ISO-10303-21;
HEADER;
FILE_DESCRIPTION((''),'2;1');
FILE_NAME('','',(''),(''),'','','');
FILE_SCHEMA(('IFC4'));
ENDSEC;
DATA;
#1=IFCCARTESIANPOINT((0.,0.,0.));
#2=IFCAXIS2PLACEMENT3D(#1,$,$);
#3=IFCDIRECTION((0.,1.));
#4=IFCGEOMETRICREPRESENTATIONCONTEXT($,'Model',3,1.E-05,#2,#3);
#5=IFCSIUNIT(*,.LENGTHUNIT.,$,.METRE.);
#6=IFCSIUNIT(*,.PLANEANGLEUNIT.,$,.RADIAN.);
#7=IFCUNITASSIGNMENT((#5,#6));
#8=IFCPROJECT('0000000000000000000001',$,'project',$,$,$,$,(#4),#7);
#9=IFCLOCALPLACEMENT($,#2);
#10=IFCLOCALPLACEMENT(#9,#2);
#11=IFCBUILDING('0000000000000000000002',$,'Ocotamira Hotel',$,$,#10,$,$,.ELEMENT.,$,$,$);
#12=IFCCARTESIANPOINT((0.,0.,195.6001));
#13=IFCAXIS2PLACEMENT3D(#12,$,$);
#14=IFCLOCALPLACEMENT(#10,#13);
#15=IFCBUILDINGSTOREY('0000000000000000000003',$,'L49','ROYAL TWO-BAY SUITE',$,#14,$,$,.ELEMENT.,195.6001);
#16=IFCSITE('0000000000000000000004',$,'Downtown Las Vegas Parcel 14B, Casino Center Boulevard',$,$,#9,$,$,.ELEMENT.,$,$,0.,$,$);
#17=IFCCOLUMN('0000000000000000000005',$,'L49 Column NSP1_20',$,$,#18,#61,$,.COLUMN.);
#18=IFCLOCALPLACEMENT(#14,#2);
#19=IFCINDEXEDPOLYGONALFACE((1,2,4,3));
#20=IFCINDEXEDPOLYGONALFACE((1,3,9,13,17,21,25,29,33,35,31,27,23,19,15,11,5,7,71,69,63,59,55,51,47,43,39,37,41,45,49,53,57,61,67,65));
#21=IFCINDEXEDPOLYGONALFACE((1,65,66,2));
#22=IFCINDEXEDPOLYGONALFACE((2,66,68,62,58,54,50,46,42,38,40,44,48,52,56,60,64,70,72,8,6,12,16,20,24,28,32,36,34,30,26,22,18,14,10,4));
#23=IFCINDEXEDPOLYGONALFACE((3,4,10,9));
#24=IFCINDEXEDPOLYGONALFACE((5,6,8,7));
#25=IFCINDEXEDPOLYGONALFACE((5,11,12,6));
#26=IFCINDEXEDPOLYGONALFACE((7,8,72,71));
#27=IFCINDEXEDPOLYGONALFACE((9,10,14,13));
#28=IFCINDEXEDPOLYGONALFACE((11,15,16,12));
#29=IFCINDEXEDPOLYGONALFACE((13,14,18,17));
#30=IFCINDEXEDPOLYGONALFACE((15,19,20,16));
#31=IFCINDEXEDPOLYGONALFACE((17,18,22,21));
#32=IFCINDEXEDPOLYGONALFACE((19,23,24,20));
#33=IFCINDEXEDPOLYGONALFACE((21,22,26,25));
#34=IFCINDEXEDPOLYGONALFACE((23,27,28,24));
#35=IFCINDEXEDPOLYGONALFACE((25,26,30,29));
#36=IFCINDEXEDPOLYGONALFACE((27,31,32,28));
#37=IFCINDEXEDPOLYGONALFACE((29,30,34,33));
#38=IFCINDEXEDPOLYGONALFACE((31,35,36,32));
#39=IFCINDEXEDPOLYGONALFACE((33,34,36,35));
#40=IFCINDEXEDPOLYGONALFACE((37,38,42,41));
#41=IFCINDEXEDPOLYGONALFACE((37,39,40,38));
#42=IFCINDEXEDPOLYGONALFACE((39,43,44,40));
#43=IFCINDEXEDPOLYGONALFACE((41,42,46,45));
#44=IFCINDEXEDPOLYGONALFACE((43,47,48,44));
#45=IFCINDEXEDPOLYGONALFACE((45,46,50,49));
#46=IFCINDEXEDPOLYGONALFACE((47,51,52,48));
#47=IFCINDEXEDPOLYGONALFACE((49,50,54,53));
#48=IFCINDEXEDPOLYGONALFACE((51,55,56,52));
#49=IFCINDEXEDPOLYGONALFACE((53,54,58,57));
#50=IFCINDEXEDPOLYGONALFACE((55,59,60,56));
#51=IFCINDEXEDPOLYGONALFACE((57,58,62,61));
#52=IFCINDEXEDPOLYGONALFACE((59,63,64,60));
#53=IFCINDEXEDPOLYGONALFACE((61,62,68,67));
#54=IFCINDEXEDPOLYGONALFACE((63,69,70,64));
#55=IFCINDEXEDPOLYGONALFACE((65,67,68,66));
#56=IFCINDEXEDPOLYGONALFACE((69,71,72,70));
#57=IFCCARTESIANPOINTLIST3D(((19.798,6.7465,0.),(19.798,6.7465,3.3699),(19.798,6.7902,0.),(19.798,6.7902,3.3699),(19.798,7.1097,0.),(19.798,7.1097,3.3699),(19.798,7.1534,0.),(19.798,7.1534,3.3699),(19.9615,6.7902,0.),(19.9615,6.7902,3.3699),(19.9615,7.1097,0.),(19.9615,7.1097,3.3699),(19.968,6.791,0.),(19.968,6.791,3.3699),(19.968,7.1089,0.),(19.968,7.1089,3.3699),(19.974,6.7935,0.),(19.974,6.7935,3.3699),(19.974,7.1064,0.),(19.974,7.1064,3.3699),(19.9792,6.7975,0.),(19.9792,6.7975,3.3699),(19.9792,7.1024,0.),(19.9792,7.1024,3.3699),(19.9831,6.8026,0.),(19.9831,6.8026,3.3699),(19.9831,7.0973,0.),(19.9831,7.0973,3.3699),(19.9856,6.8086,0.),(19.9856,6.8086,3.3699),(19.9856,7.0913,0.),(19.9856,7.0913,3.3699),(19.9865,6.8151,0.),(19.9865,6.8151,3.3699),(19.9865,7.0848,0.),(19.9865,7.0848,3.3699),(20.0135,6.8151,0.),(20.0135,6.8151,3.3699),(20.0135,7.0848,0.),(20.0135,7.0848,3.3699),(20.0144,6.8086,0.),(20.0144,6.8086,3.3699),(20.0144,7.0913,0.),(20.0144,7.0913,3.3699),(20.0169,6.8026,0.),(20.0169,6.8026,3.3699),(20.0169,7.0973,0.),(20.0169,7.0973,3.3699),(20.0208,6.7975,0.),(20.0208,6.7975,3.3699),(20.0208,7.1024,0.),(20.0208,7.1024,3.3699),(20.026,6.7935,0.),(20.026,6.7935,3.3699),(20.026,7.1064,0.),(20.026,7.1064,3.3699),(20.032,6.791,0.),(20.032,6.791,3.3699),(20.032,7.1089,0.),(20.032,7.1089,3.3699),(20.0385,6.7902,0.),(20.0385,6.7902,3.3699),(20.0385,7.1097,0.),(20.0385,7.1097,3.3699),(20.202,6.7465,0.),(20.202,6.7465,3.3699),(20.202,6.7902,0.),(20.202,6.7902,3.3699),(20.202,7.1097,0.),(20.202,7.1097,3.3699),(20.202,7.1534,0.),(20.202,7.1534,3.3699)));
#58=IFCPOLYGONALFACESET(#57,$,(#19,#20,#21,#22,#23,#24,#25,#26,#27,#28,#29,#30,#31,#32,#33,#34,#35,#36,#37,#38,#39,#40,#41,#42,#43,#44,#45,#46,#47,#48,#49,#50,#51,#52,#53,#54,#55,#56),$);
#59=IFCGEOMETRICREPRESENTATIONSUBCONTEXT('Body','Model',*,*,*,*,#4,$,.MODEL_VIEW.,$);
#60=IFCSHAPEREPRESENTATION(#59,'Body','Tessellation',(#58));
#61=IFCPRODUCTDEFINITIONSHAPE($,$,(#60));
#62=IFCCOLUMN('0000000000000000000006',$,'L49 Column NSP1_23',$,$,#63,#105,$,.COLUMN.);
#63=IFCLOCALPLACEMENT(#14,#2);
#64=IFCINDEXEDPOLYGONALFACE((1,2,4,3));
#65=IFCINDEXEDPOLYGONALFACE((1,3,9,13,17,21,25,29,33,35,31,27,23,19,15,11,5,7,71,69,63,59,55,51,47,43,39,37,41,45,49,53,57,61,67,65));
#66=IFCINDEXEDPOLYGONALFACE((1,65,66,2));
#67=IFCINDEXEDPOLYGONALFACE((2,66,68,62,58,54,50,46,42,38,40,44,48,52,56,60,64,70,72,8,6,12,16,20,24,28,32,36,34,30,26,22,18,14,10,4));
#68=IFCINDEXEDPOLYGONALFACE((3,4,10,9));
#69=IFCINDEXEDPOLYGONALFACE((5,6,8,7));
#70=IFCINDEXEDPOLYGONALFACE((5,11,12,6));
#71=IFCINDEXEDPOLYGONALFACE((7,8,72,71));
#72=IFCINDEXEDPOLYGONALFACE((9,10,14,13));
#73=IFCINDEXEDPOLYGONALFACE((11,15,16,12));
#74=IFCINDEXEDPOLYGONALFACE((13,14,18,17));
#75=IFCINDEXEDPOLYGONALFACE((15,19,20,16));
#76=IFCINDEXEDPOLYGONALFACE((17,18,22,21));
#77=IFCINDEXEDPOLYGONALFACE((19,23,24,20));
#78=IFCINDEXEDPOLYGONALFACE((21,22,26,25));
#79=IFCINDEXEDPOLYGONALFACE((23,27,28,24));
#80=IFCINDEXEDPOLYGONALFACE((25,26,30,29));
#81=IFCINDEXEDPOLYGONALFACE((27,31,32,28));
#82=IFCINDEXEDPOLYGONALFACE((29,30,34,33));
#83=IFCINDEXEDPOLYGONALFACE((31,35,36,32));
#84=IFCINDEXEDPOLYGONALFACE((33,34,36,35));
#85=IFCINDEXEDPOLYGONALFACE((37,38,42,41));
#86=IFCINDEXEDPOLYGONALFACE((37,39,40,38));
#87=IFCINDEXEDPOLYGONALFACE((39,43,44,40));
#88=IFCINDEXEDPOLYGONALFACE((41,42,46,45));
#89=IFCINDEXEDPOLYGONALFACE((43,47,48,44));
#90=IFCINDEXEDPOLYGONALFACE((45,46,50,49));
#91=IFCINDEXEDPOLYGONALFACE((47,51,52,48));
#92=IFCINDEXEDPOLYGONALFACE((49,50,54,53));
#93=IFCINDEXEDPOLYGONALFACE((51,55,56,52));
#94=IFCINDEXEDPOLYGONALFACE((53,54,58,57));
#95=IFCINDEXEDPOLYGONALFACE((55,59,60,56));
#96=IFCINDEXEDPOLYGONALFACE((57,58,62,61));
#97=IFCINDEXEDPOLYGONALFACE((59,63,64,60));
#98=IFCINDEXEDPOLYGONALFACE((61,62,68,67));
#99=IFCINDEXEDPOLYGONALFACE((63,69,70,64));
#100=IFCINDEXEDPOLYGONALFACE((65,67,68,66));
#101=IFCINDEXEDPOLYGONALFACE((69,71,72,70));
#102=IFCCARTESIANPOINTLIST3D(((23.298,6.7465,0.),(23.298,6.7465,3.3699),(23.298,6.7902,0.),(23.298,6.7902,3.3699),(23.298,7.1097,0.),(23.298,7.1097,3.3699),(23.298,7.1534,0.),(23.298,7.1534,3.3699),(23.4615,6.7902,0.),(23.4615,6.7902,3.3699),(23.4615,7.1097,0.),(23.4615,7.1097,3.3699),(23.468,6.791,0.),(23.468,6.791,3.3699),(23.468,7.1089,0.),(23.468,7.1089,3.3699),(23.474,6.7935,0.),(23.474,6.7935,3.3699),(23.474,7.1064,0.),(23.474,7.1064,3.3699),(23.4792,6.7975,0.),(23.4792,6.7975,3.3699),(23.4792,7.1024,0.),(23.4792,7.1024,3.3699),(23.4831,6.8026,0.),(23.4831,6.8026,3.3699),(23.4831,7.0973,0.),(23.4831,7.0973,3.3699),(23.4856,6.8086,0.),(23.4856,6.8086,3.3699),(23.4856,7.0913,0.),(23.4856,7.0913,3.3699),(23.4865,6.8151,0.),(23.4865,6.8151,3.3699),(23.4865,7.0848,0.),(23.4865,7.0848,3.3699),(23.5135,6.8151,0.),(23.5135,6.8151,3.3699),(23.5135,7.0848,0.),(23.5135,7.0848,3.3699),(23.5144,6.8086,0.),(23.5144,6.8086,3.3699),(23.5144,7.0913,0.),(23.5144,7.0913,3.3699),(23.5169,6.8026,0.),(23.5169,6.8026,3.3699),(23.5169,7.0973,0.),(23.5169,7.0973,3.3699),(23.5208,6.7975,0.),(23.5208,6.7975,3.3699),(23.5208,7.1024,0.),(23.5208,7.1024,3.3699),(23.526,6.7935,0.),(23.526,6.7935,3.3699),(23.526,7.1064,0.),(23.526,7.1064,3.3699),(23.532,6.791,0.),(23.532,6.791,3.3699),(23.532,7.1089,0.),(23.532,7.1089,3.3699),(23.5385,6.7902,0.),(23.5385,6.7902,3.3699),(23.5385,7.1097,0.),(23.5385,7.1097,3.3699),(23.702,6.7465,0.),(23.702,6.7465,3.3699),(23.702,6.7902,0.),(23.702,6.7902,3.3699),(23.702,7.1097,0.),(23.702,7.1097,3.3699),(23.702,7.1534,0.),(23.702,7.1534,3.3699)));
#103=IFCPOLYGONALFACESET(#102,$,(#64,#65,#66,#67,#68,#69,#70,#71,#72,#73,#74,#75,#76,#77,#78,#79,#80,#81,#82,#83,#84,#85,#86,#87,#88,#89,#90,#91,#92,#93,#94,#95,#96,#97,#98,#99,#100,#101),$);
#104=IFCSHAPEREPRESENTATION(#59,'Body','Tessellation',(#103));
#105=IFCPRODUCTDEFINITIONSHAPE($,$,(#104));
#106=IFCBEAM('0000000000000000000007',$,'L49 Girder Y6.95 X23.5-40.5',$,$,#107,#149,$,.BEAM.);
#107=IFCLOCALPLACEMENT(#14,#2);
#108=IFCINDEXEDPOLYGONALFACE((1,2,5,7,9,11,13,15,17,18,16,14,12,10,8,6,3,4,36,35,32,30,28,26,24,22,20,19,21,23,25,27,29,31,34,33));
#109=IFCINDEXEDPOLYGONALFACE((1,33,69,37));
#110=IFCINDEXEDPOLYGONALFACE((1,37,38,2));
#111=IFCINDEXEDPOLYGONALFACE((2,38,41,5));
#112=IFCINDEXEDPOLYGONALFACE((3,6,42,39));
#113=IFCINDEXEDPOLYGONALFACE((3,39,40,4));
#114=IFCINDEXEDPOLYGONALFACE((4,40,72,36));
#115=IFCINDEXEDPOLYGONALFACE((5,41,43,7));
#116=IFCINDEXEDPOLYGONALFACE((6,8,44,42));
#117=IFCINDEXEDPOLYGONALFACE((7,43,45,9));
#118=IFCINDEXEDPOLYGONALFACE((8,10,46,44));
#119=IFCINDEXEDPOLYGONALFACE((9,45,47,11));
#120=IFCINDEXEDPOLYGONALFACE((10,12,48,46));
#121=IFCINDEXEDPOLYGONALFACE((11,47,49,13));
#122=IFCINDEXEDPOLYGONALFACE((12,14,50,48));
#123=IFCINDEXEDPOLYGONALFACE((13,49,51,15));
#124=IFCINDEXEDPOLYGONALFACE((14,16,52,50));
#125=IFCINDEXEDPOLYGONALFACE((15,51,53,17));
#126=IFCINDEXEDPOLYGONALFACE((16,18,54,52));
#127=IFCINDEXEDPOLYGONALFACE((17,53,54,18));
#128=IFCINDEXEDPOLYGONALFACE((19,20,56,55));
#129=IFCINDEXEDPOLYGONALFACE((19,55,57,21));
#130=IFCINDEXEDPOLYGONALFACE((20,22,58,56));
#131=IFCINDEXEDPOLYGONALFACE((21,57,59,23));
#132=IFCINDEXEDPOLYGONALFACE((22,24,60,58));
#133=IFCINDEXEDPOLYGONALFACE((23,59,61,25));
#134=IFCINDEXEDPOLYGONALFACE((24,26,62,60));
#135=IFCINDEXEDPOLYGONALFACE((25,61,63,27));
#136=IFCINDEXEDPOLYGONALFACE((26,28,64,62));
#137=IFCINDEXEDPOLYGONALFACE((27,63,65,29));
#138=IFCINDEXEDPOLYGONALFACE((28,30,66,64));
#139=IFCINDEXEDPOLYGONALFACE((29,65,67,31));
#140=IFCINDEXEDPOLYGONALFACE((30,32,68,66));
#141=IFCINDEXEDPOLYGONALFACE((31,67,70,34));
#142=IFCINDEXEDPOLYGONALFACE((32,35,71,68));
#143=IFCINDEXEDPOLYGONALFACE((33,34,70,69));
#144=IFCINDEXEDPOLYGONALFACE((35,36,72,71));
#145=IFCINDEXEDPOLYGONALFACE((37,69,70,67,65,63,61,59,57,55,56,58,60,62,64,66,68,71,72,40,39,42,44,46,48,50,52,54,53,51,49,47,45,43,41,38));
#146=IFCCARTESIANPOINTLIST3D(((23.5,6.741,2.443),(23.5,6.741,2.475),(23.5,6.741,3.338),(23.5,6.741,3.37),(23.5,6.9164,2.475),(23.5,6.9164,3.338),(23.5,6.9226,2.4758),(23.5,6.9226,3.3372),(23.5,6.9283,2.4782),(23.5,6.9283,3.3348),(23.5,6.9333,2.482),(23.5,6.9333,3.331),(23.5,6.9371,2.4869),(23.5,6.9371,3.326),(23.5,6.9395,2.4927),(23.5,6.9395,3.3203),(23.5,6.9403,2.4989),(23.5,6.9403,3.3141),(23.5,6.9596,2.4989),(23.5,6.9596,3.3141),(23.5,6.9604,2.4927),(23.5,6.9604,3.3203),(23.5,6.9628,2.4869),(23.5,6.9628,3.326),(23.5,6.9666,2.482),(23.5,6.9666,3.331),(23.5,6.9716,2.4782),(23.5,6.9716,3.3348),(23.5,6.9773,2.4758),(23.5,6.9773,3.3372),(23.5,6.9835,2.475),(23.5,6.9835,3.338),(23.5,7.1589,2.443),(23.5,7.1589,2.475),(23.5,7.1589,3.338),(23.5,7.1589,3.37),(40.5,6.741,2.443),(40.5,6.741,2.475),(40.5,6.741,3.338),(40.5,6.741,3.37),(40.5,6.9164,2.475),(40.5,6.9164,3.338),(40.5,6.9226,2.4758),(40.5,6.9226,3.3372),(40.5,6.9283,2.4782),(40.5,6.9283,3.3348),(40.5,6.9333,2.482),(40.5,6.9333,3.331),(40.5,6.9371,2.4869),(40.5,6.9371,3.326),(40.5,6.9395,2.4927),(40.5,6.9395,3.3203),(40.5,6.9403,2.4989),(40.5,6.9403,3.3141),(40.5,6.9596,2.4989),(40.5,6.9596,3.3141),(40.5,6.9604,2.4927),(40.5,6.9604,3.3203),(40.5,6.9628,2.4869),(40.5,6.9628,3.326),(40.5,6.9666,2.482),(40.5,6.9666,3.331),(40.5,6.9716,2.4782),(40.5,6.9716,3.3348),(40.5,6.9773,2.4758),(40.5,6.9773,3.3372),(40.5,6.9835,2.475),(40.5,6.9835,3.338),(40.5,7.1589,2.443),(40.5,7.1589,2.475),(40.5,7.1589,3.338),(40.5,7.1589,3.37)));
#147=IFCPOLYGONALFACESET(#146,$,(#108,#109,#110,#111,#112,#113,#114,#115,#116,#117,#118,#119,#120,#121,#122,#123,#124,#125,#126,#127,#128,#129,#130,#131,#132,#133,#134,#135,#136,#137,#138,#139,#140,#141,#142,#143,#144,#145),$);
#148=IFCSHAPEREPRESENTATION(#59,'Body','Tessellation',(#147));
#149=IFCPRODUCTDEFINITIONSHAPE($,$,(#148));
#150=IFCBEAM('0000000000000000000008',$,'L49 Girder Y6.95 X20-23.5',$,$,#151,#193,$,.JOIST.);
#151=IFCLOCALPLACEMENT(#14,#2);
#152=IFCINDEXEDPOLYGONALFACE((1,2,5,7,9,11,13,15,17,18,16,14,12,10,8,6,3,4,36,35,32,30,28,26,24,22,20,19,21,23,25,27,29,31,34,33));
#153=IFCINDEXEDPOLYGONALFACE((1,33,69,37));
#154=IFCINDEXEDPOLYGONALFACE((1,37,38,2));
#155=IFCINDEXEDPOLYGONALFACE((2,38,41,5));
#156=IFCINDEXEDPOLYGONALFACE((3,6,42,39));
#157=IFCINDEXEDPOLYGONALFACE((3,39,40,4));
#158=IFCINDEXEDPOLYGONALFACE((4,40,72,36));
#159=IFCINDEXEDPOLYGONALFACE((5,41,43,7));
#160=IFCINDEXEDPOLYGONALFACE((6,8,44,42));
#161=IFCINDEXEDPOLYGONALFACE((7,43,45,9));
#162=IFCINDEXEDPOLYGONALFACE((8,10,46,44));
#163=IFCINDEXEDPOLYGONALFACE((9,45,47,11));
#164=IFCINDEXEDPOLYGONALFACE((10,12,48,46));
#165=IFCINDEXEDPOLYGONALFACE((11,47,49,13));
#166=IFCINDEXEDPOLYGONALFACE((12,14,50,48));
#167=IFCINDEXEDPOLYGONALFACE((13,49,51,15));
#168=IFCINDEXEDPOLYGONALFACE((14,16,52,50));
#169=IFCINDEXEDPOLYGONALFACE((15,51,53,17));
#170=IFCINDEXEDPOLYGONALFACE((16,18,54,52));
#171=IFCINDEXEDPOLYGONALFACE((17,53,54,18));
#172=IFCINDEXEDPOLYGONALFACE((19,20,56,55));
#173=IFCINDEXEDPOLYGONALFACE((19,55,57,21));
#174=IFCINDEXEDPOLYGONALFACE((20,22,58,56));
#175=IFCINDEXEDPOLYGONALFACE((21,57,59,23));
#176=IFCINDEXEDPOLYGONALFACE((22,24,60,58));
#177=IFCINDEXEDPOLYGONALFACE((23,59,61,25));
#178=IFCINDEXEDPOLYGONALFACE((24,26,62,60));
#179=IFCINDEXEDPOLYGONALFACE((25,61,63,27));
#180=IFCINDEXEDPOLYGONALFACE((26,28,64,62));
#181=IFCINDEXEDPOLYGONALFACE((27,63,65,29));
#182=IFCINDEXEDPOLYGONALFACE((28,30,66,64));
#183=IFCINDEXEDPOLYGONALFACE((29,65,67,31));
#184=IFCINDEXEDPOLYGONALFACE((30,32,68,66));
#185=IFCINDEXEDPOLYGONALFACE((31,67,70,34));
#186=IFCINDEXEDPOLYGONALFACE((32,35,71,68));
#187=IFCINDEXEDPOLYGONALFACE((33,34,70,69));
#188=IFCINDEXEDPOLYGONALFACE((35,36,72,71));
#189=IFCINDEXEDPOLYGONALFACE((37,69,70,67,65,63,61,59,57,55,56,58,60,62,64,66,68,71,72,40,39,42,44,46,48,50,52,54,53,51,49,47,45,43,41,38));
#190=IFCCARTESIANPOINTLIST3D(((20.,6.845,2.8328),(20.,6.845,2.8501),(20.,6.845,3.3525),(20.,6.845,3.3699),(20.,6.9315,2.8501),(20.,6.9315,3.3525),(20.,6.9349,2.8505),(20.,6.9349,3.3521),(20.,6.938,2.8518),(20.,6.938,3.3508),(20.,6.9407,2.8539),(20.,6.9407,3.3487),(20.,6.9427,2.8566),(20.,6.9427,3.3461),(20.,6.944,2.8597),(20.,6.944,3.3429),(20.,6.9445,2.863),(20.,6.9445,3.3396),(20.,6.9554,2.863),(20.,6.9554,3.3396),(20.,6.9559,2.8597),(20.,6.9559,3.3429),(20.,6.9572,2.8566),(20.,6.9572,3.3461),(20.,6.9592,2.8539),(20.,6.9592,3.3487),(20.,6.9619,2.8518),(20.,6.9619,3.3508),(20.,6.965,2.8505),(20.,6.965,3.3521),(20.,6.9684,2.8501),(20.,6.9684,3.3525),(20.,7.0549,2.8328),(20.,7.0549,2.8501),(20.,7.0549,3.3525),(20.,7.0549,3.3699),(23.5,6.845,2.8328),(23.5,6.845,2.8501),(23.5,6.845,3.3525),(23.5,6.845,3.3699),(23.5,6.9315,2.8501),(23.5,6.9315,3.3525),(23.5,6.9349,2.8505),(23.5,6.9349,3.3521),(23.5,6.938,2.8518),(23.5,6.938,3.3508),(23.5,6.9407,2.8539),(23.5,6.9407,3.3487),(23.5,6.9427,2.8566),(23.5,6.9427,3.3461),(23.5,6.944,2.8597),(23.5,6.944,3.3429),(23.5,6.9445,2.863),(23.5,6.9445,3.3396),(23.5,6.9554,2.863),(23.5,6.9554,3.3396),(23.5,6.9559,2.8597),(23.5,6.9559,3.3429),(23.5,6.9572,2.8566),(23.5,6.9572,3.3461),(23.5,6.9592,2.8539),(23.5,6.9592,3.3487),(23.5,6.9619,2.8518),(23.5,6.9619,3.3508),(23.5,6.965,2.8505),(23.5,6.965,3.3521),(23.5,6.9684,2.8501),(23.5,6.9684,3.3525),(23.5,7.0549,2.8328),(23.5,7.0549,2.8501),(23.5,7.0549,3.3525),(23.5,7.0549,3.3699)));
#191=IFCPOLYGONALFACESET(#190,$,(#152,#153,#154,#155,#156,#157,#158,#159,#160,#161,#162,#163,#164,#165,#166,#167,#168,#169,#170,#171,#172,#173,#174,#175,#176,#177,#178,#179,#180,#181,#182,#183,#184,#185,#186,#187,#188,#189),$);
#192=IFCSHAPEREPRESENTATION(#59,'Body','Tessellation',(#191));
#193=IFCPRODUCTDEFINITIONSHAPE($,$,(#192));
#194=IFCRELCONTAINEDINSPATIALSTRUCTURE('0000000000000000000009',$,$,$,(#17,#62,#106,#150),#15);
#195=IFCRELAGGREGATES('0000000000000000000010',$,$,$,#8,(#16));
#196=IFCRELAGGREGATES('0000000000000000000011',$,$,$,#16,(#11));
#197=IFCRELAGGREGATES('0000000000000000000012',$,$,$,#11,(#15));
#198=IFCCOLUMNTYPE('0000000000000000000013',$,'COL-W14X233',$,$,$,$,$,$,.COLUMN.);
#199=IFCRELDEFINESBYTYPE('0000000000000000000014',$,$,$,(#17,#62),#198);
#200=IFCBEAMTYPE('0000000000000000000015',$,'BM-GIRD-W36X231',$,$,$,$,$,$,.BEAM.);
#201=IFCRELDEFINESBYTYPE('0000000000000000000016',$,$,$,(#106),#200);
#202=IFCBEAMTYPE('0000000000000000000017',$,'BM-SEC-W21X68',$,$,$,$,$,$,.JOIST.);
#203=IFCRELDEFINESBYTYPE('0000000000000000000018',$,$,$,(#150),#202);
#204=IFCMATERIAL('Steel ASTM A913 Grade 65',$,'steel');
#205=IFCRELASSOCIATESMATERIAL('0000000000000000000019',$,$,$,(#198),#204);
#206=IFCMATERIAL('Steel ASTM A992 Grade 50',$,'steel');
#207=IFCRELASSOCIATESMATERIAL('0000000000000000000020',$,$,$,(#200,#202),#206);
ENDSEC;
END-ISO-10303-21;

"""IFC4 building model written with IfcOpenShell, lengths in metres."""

from ifc_helpers import new_model, si_unit, direction, frame, origin, origin_2d, place, context, subcontext, project, spatial, i_section, extrude, source, transform, mapped, material, material_profile, profile_set, type_object, element, save


model = new_model("IFC4")

# Units and contexts
model_context = context("Model", 3, precision=1e-05, world=origin(), true_north=direction((0.0, 1.0)))
body_context = subcontext(model_context, "Body", "Model", "MODEL_VIEW")
ifc_project = project(units=[si_unit("LENGTHUNIT", "METRE"), si_unit("PLANEANGLEUNIT", "RADIAN")], contexts=[model_context])

# Site, building, storey
site_placement = place(None, origin())
site = spatial("IfcSite", under=ifc_project, at=site_placement, Name="Downtown Las Vegas Parcel 14B, Casino Center Boulevard", CompositionType="ELEMENT", RefElevation=0.0)
building_placement = place(site_placement, origin())
building = spatial("IfcBuilding", under=site, at=building_placement, Name="Ocotamira Hotel", CompositionType="ELEMENT")
storey_placement = place(building_placement, frame((0.0, 0.0, 195.6001)))
storey = spatial("IfcBuildingStorey", under=building, at=storey_placement, Name="L49", Description="ROYAL TWO-BAY SUITE", CompositionType="ELEMENT", Elevation=195.6001)

# Columns
ifc_material_1 = material(Name="Steel ASTM A913 Grade 65", Category="steel")
ifc_material_profile_1 = material_profile(ifc_material_1, i_section(OverallWidth=0.4041, OverallDepth=0.407, WebThickness=0.0271, FlangeThickness=0.0437, FilletRadius=0.0249, at=origin_2d()), Name="W14X233")
ifc_profile_set_1 = profile_set([ifc_material_profile_1], Name="Steel ASTM A913 Grade 65")
column_type = type_object("IfcColumnType", Name="COL-W14X233", PredefinedType="COLUMN", material=ifc_profile_set_1)
shared_shape_1 = source(origin(), body_context, "Body", "SweptSolid", [
    extrude(i_section(OverallWidth=0.4041, OverallDepth=0.407, WebThickness=0.0271, FlangeThickness=0.0437, FilletRadius=0.0249, at=origin_2d()), origin(), (0.0, 0.0, 1.0), 3.3699),
])
for number, where, z_axis, x_axis, name in (
    (1, (20.0, 6.95, 0.0), (0.0, 0.0, 1.0), (1.0, 0.0, 0.0), "L49 Column NSP1_20"),
    (2, (23.5, 6.95, 0.0), (0.0, 0.0, 1.0), (1.0, 0.0, 0.0), "L49 Column NSP1_23"),
):
    element("IfcColumn", number, at=place(storey_placement, frame(where, z_axis=z_axis, x_axis=x_axis)), inside=storey, type_object=column_type, Name=name, PredefinedType="COLUMN", context=body_context, shape_type="MappedRepresentation", body=[
        mapped(shared_shape_1, transform((0.0, 0.0, 0.0), scale=1.0)),
    ])

# Beams
ifc_material_2 = material(Name="Steel ASTM A992 Grade 50", Category="steel")
ifc_material_profile_2 = material_profile(ifc_material_2, i_section(OverallWidth=0.418, OverallDepth=0.927, WebThickness=0.0193, FlangeThickness=0.032, FilletRadius=0.0239, at=origin_2d()), Name="W36X231")
ifc_profile_set_2 = profile_set([ifc_material_profile_2], Name="Steel ASTM A992 Grade 50")
beam_type_1 = type_object("IfcBeamType", Name="BM-GIRD-W36X231", PredefinedType="BEAM", material=ifc_profile_set_2)
shared_shape_2 = source(origin(), body_context, "Body", "SweptSolid", [
    extrude(i_section(OverallWidth=0.418, OverallDepth=0.927, WebThickness=0.0193, FlangeThickness=0.032, FilletRadius=0.0239, at=origin_2d()), origin(), (0.0, 0.0, 1.0), 17.0),
])
beam_1_placement = place(storey_placement, frame((23.5, 6.95, 2.9065), z_axis=(1.0, 0.0, 0.0), x_axis=(0.0, 1.0, 0.0)))
element("IfcBeam", 3, at=beam_1_placement, inside=storey, type_object=beam_type_1, Name="L49 Girder Y6.95 X23.5-40.5", PredefinedType="BEAM", context=body_context, shape_type="MappedRepresentation", body=[
    mapped(shared_shape_2, transform((0.0, 0.0, 0.0), scale=1.0)),
])
ifc_material_profile_3 = material_profile(ifc_material_2, i_section(OverallWidth=0.21, OverallDepth=0.5371, WebThickness=0.011, FlangeThickness=0.0173, FilletRadius=0.0129, at=origin_2d()), Name="W21X68")
ifc_profile_set_3 = profile_set([ifc_material_profile_3], Name="Steel ASTM A992 Grade 50")
beam_type_2 = type_object("IfcBeamType", Name="BM-SEC-W21X68", PredefinedType="JOIST", material=ifc_profile_set_3)
shared_shape_3 = source(origin(), body_context, "Body", "SweptSolid", [
    extrude(i_section(OverallWidth=0.21, OverallDepth=0.5371, WebThickness=0.011, FlangeThickness=0.0173, FilletRadius=0.0129, at=origin_2d()), origin(), (0.0, 0.0, 1.0), 3.5),
])
beam_2_placement = place(storey_placement, frame((20.0, 6.95, 3.1013), z_axis=(1.0, 0.0, 0.0), x_axis=(0.0, 1.0, 0.0)))
element("IfcBeam", 4, at=beam_2_placement, inside=storey, type_object=beam_type_2, Name="L49 Girder Y6.95 X20-23.5", PredefinedType="JOIST", context=body_context, shape_type="MappedRepresentation", body=[
    mapped(shared_shape_3, transform((0.0, 0.0, 0.0), scale=1.0)),
])

save(model, "model.ifc")
